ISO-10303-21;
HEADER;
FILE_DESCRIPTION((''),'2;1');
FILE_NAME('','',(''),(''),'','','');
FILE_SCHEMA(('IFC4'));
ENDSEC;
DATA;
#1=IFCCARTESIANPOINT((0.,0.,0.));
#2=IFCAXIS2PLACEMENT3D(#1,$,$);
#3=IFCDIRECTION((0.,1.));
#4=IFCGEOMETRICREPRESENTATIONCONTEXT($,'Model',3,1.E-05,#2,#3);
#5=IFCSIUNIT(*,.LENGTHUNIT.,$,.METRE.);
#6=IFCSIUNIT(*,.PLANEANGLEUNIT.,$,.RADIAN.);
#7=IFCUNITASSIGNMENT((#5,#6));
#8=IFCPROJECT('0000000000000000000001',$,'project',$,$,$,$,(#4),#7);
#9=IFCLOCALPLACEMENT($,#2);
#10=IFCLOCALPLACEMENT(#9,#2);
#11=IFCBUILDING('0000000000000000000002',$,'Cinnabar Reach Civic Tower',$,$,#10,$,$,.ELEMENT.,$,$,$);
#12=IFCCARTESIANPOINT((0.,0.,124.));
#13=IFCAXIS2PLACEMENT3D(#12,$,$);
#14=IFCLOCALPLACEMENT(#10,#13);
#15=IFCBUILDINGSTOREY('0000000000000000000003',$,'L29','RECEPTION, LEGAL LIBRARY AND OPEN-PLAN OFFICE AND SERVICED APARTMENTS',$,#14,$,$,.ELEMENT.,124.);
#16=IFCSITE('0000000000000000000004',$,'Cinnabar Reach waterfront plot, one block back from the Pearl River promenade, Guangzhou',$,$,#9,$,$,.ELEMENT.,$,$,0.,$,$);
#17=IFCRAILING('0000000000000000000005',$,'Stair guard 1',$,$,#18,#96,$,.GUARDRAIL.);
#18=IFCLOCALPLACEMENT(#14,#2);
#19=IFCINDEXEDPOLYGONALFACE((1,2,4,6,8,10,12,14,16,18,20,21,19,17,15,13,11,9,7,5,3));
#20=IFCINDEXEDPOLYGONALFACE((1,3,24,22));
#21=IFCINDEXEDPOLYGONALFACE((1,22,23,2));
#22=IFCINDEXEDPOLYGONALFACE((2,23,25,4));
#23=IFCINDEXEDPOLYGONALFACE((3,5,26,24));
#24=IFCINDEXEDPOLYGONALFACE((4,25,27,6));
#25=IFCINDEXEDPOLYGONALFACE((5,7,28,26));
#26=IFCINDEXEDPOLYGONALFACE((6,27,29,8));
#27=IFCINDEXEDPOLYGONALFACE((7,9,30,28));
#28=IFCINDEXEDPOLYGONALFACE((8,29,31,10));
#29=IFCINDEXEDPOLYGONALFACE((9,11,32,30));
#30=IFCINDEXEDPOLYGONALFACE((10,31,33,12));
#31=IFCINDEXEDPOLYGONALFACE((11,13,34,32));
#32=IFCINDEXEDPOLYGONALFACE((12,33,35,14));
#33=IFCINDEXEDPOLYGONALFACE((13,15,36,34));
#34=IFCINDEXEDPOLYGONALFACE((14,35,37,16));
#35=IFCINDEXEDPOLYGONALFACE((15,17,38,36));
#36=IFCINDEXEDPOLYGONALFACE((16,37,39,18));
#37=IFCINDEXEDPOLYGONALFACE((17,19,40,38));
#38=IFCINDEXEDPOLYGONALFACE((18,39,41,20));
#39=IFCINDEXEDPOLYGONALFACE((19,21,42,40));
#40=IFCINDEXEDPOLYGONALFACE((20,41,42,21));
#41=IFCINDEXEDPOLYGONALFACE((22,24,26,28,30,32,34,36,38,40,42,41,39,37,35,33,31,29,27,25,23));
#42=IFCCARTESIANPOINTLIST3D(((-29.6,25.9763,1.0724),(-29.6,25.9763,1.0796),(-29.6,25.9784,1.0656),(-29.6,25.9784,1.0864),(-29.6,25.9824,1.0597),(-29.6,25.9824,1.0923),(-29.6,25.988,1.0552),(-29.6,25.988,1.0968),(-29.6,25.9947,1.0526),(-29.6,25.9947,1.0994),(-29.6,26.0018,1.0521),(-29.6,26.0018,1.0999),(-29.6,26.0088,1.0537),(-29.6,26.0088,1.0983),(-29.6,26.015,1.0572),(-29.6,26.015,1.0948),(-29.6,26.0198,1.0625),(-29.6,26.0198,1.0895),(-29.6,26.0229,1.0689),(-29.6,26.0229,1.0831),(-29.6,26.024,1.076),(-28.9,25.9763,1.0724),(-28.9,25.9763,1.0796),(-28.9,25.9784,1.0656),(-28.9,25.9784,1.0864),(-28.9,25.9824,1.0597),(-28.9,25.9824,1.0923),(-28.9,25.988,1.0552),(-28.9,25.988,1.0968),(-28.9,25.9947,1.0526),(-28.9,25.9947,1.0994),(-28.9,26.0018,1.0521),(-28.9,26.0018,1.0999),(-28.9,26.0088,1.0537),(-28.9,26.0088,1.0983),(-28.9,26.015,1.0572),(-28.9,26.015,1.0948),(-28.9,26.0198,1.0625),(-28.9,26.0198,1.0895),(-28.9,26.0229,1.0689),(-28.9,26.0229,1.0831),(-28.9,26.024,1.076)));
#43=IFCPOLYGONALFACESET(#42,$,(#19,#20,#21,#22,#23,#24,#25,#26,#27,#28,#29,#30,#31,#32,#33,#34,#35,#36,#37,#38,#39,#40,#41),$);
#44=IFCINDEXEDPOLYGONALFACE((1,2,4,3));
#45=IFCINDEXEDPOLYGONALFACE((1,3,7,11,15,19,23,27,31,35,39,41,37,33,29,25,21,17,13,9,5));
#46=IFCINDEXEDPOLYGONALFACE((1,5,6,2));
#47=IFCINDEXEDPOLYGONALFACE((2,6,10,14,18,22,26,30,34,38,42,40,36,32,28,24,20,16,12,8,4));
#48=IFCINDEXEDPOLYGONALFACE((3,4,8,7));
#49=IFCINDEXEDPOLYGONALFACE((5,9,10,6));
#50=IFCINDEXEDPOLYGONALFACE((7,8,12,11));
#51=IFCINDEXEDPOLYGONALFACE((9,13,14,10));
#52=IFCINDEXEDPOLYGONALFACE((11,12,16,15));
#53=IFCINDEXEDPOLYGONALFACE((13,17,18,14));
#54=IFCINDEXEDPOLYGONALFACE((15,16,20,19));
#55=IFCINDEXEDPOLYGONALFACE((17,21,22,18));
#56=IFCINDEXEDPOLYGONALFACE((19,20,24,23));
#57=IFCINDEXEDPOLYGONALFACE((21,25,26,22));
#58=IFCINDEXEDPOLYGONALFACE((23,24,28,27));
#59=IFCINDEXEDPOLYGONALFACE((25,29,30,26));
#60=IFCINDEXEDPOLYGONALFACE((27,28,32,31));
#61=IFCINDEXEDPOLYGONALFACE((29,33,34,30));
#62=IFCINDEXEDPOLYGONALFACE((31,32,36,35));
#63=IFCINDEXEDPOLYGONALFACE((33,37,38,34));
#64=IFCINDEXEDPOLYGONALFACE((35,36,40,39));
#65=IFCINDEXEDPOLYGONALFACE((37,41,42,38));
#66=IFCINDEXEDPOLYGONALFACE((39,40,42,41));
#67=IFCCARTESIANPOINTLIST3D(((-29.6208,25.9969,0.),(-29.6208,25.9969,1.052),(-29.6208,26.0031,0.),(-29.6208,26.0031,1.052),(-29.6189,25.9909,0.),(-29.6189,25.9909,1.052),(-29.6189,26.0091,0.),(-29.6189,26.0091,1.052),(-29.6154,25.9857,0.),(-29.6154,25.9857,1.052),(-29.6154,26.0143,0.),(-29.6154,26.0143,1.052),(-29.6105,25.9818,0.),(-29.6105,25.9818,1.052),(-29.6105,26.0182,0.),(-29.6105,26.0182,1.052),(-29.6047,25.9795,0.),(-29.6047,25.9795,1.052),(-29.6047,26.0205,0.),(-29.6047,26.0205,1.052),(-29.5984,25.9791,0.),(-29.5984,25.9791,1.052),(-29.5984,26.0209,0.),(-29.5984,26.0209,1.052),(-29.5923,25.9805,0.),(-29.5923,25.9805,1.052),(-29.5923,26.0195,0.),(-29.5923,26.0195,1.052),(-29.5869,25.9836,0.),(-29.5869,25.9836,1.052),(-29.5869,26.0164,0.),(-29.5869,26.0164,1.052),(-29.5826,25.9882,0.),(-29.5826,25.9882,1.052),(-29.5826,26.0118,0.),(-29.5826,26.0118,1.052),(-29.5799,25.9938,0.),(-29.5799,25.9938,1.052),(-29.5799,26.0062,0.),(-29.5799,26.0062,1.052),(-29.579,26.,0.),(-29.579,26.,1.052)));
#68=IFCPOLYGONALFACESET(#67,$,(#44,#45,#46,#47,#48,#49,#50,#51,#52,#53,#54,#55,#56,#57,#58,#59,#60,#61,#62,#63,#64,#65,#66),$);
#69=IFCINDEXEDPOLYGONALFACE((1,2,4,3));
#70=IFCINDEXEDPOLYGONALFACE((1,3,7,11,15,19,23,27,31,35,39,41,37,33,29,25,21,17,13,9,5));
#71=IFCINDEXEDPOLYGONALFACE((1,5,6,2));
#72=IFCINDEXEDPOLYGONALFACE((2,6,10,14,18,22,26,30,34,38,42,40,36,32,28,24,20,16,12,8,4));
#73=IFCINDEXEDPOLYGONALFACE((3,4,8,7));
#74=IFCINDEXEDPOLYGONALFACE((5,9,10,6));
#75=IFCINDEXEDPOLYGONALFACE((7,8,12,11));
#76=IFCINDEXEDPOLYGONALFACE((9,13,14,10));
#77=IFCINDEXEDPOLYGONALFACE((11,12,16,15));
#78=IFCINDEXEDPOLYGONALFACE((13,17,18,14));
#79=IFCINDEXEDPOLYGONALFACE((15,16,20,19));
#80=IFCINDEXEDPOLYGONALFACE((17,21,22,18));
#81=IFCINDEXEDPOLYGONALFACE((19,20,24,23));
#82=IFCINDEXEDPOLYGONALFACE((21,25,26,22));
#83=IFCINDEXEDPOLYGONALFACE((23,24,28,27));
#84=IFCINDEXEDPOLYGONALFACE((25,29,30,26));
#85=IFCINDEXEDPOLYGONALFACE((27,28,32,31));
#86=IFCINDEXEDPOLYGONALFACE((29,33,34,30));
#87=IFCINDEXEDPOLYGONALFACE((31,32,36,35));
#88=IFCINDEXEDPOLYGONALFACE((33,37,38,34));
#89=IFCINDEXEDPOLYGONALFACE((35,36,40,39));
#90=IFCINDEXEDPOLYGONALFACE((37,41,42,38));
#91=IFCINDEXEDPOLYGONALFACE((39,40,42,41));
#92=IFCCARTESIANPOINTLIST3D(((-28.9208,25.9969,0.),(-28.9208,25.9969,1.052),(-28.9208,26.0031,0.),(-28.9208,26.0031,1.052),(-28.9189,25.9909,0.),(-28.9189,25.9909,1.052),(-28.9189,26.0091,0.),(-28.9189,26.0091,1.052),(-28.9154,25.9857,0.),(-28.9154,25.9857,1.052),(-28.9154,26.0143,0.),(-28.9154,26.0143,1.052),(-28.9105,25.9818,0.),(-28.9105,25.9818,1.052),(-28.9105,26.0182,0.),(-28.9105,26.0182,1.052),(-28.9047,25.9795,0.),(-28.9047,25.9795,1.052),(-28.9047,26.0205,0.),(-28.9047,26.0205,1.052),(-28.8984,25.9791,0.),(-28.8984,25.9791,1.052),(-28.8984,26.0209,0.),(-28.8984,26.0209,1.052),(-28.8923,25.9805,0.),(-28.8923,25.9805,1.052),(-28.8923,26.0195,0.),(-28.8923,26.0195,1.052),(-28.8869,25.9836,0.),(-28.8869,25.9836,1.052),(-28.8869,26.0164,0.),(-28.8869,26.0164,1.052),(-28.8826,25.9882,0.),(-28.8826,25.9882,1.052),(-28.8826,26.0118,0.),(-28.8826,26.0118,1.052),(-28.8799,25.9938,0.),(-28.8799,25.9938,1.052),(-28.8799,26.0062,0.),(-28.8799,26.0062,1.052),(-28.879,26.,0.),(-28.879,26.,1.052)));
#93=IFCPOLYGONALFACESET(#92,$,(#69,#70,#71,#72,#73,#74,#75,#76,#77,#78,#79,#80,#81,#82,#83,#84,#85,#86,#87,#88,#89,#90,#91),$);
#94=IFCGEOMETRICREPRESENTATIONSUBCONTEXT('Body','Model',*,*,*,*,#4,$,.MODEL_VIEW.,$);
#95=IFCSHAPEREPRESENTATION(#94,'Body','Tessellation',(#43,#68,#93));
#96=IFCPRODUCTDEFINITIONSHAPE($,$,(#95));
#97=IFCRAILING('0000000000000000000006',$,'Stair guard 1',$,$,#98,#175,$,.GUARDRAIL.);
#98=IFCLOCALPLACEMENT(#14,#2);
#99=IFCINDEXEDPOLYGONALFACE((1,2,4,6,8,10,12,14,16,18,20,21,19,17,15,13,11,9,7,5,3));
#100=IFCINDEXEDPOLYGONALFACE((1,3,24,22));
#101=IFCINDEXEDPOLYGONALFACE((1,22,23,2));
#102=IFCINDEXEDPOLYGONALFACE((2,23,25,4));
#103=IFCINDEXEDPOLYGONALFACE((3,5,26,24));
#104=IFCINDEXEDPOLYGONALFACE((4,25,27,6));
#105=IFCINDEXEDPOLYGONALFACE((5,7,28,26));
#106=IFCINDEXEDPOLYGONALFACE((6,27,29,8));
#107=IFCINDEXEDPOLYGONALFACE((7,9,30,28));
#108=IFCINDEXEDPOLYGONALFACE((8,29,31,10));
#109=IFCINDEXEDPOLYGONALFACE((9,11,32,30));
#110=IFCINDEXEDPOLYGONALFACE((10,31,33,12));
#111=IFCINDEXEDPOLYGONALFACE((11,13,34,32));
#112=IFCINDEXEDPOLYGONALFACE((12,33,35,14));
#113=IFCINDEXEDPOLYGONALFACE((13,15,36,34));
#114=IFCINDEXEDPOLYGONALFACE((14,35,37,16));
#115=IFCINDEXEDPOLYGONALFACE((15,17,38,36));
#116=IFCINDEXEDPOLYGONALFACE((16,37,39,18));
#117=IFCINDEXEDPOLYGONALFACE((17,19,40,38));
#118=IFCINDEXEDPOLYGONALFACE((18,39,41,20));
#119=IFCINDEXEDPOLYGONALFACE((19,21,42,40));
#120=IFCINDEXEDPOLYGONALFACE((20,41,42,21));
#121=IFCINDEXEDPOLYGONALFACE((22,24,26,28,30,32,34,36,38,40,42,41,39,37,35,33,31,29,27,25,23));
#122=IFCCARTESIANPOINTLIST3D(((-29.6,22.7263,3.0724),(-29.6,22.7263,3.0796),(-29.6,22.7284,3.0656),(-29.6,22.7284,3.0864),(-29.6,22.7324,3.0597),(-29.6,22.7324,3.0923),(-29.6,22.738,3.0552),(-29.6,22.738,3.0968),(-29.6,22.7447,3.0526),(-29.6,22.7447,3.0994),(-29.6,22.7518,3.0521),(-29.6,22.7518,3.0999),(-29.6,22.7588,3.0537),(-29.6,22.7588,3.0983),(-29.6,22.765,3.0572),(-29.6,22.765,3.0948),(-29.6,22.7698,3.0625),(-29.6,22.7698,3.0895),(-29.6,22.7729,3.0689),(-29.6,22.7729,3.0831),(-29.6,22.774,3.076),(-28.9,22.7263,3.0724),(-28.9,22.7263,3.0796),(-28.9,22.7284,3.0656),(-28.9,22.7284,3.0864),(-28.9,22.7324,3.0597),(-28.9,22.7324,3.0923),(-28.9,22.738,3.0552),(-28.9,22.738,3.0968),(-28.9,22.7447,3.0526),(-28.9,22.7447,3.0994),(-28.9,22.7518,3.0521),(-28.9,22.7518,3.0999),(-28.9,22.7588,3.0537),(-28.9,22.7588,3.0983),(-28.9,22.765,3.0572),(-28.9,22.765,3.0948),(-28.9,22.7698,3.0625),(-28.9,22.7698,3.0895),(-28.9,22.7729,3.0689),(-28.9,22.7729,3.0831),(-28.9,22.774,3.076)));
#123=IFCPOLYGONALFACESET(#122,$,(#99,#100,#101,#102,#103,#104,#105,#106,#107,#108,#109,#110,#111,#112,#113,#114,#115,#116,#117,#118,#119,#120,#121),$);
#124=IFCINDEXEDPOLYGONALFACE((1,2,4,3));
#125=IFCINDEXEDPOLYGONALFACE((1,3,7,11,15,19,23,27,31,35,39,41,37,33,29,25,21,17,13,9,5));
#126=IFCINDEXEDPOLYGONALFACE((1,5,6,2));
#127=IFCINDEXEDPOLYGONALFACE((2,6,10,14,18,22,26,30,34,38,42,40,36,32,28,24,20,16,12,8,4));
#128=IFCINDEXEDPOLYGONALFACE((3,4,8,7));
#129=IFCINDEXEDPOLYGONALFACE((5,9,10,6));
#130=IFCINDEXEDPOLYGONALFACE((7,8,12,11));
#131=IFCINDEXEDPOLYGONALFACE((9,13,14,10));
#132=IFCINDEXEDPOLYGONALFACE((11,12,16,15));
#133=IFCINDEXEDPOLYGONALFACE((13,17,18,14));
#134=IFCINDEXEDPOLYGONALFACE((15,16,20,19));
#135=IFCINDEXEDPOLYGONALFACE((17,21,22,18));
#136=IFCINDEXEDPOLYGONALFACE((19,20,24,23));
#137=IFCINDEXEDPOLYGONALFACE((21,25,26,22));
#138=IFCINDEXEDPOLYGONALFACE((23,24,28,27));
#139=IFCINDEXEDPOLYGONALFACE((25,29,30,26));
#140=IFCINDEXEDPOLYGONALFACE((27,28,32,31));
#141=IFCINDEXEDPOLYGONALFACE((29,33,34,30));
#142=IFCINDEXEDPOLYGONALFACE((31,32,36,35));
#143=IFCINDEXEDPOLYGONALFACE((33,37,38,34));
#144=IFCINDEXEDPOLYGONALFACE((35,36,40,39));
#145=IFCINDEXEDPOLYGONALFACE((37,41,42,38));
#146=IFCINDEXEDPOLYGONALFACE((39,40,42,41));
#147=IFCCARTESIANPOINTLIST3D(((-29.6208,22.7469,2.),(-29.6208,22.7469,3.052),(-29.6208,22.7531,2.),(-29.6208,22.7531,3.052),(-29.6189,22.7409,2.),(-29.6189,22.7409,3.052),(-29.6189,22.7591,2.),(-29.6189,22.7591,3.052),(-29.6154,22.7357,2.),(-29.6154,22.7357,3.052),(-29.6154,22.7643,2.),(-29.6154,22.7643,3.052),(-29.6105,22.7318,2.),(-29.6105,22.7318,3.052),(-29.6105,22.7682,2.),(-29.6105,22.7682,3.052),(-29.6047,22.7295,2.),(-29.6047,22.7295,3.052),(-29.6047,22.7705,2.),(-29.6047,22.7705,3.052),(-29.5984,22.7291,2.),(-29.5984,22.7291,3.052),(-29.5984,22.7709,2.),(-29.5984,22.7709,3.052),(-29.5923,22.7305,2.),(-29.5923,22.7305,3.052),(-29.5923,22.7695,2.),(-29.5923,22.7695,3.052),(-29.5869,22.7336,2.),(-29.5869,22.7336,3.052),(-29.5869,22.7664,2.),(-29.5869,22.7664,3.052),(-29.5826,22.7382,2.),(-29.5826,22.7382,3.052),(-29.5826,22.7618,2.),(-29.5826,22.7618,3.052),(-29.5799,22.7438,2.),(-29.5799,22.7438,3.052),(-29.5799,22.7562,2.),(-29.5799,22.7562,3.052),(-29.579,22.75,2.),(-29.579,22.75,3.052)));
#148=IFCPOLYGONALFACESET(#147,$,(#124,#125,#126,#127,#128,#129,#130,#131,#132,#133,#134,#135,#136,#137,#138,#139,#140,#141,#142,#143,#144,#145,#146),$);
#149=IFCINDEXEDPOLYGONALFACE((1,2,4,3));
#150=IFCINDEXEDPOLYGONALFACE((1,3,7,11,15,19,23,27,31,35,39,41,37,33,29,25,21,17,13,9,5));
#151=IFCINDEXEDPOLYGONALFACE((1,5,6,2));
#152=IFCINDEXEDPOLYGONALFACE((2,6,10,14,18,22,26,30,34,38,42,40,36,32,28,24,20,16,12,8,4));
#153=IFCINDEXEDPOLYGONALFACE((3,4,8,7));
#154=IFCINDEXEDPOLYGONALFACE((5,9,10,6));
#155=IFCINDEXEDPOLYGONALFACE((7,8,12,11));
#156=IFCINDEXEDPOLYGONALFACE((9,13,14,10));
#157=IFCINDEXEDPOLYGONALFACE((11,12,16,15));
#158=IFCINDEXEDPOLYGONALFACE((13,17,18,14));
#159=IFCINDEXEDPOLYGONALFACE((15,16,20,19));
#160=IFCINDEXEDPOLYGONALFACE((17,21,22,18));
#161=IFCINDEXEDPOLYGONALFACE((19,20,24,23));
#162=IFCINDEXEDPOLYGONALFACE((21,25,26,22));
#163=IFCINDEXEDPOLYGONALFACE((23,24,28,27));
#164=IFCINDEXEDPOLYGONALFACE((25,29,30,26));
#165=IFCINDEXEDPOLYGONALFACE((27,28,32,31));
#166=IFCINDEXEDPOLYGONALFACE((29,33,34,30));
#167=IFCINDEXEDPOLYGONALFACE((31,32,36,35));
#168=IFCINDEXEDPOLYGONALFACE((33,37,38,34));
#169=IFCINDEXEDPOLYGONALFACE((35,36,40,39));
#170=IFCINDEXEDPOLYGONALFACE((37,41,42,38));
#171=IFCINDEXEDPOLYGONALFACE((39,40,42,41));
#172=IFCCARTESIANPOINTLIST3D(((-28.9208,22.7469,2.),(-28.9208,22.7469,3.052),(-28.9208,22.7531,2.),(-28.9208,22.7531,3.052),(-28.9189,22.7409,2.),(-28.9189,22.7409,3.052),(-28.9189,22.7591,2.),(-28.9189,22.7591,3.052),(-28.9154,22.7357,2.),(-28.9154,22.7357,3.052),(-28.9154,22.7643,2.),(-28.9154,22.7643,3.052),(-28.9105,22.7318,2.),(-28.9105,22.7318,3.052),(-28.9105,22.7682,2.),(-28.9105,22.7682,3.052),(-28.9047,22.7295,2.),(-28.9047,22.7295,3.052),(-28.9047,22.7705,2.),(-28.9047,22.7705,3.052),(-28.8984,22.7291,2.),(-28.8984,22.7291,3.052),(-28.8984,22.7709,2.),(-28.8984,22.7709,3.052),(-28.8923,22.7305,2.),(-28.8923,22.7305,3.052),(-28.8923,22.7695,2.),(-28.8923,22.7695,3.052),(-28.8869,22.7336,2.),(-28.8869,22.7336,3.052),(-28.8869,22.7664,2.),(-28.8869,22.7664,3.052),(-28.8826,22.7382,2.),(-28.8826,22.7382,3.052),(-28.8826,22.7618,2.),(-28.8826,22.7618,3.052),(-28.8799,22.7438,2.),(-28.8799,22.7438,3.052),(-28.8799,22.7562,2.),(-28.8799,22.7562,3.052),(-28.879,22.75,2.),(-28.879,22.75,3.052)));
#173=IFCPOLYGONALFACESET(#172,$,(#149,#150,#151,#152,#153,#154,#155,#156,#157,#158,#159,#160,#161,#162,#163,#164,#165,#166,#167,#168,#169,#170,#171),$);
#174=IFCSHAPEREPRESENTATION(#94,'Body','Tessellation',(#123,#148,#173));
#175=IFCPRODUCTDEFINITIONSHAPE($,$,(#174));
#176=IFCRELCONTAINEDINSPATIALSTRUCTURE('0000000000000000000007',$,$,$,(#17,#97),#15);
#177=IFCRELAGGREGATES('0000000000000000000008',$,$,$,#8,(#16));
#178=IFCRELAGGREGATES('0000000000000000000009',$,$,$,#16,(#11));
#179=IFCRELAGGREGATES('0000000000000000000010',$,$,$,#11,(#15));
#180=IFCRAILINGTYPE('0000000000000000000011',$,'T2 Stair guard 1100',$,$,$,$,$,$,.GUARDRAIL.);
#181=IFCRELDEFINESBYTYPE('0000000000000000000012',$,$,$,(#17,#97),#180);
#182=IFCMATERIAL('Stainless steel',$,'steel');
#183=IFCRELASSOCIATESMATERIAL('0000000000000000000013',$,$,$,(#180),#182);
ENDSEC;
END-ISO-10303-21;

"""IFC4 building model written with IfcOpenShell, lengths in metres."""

from ifc_helpers import new_model, si_unit, direction, frame, origin, origin_2d, place, context, subcontext, project, spatial, circle, extrude, material, type_object, element, save


model = new_model("IFC4")

# Units and contexts
model_context = context("Model", 3, precision=1e-05, world=origin(), true_north=direction((0.0, 1.0)))
body_context = subcontext(model_context, "Body", "Model", "MODEL_VIEW")
ifc_project = project(units=[si_unit("LENGTHUNIT", "METRE"), si_unit("PLANEANGLEUNIT", "RADIAN")], contexts=[model_context])

# Site, building, storey
site_placement = place(None, origin())
site = spatial("IfcSite", under=ifc_project, at=site_placement, Name="Cinnabar Reach waterfront plot, one block back from the Pearl River promenade, Guangzhou", CompositionType="ELEMENT", RefElevation=0.0)
building_placement = place(site_placement, origin())
building = spatial("IfcBuilding", under=site, at=building_placement, Name="Cinnabar Reach Civic Tower", CompositionType="ELEMENT")
storey_placement = place(building_placement, frame((0.0, 0.0, 124.0)))
storey = spatial("IfcBuildingStorey", under=building, at=storey_placement, Name="L29", Description="RECEPTION, LEGAL LIBRARY AND OPEN-PLAN OFFICE AND SERVICED APARTMENTS", CompositionType="ELEMENT", Elevation=124.0)

# Railings
ifc_material_1 = material(Name="Stainless steel", Category="steel")
railing_type = type_object("IfcRailingType", Name="T2 Stair guard 1100", PredefinedType="GUARDRAIL", material=ifc_material_1)
for number, where, name in (
    (1, (-29.6, 26.0, 0.0), "Stair guard 1"),
    (2, (-29.6, 22.75, 2.0), "Stair guard 1"),
):
    element("IfcRailing", number, at=place(storey_placement, frame(where)), inside=storey, type_object=railing_type, Name=name, PredefinedType="GUARDRAIL", context=body_context, shape_type="SweptSolid", body=[
        extrude(circle(Radius=0.024, at=origin_2d()), frame((0.0, 0.0, 1.076), z_axis=(1.0, 0.0, 0.0), x_axis=(0.0, 1.0, 0.0)), (0.0, 0.0, 1.0), 0.7),
        extrude(circle(Radius=0.021, at=origin_2d()), origin(), (0.0, 0.0, 1.0), 1.052),
        extrude(circle(Radius=0.021, at=origin_2d()), frame((0.7, 0.0, 0.0)), (0.0, 0.0, 1.0), 1.052),
    ])

save(model, "model.ifc")
